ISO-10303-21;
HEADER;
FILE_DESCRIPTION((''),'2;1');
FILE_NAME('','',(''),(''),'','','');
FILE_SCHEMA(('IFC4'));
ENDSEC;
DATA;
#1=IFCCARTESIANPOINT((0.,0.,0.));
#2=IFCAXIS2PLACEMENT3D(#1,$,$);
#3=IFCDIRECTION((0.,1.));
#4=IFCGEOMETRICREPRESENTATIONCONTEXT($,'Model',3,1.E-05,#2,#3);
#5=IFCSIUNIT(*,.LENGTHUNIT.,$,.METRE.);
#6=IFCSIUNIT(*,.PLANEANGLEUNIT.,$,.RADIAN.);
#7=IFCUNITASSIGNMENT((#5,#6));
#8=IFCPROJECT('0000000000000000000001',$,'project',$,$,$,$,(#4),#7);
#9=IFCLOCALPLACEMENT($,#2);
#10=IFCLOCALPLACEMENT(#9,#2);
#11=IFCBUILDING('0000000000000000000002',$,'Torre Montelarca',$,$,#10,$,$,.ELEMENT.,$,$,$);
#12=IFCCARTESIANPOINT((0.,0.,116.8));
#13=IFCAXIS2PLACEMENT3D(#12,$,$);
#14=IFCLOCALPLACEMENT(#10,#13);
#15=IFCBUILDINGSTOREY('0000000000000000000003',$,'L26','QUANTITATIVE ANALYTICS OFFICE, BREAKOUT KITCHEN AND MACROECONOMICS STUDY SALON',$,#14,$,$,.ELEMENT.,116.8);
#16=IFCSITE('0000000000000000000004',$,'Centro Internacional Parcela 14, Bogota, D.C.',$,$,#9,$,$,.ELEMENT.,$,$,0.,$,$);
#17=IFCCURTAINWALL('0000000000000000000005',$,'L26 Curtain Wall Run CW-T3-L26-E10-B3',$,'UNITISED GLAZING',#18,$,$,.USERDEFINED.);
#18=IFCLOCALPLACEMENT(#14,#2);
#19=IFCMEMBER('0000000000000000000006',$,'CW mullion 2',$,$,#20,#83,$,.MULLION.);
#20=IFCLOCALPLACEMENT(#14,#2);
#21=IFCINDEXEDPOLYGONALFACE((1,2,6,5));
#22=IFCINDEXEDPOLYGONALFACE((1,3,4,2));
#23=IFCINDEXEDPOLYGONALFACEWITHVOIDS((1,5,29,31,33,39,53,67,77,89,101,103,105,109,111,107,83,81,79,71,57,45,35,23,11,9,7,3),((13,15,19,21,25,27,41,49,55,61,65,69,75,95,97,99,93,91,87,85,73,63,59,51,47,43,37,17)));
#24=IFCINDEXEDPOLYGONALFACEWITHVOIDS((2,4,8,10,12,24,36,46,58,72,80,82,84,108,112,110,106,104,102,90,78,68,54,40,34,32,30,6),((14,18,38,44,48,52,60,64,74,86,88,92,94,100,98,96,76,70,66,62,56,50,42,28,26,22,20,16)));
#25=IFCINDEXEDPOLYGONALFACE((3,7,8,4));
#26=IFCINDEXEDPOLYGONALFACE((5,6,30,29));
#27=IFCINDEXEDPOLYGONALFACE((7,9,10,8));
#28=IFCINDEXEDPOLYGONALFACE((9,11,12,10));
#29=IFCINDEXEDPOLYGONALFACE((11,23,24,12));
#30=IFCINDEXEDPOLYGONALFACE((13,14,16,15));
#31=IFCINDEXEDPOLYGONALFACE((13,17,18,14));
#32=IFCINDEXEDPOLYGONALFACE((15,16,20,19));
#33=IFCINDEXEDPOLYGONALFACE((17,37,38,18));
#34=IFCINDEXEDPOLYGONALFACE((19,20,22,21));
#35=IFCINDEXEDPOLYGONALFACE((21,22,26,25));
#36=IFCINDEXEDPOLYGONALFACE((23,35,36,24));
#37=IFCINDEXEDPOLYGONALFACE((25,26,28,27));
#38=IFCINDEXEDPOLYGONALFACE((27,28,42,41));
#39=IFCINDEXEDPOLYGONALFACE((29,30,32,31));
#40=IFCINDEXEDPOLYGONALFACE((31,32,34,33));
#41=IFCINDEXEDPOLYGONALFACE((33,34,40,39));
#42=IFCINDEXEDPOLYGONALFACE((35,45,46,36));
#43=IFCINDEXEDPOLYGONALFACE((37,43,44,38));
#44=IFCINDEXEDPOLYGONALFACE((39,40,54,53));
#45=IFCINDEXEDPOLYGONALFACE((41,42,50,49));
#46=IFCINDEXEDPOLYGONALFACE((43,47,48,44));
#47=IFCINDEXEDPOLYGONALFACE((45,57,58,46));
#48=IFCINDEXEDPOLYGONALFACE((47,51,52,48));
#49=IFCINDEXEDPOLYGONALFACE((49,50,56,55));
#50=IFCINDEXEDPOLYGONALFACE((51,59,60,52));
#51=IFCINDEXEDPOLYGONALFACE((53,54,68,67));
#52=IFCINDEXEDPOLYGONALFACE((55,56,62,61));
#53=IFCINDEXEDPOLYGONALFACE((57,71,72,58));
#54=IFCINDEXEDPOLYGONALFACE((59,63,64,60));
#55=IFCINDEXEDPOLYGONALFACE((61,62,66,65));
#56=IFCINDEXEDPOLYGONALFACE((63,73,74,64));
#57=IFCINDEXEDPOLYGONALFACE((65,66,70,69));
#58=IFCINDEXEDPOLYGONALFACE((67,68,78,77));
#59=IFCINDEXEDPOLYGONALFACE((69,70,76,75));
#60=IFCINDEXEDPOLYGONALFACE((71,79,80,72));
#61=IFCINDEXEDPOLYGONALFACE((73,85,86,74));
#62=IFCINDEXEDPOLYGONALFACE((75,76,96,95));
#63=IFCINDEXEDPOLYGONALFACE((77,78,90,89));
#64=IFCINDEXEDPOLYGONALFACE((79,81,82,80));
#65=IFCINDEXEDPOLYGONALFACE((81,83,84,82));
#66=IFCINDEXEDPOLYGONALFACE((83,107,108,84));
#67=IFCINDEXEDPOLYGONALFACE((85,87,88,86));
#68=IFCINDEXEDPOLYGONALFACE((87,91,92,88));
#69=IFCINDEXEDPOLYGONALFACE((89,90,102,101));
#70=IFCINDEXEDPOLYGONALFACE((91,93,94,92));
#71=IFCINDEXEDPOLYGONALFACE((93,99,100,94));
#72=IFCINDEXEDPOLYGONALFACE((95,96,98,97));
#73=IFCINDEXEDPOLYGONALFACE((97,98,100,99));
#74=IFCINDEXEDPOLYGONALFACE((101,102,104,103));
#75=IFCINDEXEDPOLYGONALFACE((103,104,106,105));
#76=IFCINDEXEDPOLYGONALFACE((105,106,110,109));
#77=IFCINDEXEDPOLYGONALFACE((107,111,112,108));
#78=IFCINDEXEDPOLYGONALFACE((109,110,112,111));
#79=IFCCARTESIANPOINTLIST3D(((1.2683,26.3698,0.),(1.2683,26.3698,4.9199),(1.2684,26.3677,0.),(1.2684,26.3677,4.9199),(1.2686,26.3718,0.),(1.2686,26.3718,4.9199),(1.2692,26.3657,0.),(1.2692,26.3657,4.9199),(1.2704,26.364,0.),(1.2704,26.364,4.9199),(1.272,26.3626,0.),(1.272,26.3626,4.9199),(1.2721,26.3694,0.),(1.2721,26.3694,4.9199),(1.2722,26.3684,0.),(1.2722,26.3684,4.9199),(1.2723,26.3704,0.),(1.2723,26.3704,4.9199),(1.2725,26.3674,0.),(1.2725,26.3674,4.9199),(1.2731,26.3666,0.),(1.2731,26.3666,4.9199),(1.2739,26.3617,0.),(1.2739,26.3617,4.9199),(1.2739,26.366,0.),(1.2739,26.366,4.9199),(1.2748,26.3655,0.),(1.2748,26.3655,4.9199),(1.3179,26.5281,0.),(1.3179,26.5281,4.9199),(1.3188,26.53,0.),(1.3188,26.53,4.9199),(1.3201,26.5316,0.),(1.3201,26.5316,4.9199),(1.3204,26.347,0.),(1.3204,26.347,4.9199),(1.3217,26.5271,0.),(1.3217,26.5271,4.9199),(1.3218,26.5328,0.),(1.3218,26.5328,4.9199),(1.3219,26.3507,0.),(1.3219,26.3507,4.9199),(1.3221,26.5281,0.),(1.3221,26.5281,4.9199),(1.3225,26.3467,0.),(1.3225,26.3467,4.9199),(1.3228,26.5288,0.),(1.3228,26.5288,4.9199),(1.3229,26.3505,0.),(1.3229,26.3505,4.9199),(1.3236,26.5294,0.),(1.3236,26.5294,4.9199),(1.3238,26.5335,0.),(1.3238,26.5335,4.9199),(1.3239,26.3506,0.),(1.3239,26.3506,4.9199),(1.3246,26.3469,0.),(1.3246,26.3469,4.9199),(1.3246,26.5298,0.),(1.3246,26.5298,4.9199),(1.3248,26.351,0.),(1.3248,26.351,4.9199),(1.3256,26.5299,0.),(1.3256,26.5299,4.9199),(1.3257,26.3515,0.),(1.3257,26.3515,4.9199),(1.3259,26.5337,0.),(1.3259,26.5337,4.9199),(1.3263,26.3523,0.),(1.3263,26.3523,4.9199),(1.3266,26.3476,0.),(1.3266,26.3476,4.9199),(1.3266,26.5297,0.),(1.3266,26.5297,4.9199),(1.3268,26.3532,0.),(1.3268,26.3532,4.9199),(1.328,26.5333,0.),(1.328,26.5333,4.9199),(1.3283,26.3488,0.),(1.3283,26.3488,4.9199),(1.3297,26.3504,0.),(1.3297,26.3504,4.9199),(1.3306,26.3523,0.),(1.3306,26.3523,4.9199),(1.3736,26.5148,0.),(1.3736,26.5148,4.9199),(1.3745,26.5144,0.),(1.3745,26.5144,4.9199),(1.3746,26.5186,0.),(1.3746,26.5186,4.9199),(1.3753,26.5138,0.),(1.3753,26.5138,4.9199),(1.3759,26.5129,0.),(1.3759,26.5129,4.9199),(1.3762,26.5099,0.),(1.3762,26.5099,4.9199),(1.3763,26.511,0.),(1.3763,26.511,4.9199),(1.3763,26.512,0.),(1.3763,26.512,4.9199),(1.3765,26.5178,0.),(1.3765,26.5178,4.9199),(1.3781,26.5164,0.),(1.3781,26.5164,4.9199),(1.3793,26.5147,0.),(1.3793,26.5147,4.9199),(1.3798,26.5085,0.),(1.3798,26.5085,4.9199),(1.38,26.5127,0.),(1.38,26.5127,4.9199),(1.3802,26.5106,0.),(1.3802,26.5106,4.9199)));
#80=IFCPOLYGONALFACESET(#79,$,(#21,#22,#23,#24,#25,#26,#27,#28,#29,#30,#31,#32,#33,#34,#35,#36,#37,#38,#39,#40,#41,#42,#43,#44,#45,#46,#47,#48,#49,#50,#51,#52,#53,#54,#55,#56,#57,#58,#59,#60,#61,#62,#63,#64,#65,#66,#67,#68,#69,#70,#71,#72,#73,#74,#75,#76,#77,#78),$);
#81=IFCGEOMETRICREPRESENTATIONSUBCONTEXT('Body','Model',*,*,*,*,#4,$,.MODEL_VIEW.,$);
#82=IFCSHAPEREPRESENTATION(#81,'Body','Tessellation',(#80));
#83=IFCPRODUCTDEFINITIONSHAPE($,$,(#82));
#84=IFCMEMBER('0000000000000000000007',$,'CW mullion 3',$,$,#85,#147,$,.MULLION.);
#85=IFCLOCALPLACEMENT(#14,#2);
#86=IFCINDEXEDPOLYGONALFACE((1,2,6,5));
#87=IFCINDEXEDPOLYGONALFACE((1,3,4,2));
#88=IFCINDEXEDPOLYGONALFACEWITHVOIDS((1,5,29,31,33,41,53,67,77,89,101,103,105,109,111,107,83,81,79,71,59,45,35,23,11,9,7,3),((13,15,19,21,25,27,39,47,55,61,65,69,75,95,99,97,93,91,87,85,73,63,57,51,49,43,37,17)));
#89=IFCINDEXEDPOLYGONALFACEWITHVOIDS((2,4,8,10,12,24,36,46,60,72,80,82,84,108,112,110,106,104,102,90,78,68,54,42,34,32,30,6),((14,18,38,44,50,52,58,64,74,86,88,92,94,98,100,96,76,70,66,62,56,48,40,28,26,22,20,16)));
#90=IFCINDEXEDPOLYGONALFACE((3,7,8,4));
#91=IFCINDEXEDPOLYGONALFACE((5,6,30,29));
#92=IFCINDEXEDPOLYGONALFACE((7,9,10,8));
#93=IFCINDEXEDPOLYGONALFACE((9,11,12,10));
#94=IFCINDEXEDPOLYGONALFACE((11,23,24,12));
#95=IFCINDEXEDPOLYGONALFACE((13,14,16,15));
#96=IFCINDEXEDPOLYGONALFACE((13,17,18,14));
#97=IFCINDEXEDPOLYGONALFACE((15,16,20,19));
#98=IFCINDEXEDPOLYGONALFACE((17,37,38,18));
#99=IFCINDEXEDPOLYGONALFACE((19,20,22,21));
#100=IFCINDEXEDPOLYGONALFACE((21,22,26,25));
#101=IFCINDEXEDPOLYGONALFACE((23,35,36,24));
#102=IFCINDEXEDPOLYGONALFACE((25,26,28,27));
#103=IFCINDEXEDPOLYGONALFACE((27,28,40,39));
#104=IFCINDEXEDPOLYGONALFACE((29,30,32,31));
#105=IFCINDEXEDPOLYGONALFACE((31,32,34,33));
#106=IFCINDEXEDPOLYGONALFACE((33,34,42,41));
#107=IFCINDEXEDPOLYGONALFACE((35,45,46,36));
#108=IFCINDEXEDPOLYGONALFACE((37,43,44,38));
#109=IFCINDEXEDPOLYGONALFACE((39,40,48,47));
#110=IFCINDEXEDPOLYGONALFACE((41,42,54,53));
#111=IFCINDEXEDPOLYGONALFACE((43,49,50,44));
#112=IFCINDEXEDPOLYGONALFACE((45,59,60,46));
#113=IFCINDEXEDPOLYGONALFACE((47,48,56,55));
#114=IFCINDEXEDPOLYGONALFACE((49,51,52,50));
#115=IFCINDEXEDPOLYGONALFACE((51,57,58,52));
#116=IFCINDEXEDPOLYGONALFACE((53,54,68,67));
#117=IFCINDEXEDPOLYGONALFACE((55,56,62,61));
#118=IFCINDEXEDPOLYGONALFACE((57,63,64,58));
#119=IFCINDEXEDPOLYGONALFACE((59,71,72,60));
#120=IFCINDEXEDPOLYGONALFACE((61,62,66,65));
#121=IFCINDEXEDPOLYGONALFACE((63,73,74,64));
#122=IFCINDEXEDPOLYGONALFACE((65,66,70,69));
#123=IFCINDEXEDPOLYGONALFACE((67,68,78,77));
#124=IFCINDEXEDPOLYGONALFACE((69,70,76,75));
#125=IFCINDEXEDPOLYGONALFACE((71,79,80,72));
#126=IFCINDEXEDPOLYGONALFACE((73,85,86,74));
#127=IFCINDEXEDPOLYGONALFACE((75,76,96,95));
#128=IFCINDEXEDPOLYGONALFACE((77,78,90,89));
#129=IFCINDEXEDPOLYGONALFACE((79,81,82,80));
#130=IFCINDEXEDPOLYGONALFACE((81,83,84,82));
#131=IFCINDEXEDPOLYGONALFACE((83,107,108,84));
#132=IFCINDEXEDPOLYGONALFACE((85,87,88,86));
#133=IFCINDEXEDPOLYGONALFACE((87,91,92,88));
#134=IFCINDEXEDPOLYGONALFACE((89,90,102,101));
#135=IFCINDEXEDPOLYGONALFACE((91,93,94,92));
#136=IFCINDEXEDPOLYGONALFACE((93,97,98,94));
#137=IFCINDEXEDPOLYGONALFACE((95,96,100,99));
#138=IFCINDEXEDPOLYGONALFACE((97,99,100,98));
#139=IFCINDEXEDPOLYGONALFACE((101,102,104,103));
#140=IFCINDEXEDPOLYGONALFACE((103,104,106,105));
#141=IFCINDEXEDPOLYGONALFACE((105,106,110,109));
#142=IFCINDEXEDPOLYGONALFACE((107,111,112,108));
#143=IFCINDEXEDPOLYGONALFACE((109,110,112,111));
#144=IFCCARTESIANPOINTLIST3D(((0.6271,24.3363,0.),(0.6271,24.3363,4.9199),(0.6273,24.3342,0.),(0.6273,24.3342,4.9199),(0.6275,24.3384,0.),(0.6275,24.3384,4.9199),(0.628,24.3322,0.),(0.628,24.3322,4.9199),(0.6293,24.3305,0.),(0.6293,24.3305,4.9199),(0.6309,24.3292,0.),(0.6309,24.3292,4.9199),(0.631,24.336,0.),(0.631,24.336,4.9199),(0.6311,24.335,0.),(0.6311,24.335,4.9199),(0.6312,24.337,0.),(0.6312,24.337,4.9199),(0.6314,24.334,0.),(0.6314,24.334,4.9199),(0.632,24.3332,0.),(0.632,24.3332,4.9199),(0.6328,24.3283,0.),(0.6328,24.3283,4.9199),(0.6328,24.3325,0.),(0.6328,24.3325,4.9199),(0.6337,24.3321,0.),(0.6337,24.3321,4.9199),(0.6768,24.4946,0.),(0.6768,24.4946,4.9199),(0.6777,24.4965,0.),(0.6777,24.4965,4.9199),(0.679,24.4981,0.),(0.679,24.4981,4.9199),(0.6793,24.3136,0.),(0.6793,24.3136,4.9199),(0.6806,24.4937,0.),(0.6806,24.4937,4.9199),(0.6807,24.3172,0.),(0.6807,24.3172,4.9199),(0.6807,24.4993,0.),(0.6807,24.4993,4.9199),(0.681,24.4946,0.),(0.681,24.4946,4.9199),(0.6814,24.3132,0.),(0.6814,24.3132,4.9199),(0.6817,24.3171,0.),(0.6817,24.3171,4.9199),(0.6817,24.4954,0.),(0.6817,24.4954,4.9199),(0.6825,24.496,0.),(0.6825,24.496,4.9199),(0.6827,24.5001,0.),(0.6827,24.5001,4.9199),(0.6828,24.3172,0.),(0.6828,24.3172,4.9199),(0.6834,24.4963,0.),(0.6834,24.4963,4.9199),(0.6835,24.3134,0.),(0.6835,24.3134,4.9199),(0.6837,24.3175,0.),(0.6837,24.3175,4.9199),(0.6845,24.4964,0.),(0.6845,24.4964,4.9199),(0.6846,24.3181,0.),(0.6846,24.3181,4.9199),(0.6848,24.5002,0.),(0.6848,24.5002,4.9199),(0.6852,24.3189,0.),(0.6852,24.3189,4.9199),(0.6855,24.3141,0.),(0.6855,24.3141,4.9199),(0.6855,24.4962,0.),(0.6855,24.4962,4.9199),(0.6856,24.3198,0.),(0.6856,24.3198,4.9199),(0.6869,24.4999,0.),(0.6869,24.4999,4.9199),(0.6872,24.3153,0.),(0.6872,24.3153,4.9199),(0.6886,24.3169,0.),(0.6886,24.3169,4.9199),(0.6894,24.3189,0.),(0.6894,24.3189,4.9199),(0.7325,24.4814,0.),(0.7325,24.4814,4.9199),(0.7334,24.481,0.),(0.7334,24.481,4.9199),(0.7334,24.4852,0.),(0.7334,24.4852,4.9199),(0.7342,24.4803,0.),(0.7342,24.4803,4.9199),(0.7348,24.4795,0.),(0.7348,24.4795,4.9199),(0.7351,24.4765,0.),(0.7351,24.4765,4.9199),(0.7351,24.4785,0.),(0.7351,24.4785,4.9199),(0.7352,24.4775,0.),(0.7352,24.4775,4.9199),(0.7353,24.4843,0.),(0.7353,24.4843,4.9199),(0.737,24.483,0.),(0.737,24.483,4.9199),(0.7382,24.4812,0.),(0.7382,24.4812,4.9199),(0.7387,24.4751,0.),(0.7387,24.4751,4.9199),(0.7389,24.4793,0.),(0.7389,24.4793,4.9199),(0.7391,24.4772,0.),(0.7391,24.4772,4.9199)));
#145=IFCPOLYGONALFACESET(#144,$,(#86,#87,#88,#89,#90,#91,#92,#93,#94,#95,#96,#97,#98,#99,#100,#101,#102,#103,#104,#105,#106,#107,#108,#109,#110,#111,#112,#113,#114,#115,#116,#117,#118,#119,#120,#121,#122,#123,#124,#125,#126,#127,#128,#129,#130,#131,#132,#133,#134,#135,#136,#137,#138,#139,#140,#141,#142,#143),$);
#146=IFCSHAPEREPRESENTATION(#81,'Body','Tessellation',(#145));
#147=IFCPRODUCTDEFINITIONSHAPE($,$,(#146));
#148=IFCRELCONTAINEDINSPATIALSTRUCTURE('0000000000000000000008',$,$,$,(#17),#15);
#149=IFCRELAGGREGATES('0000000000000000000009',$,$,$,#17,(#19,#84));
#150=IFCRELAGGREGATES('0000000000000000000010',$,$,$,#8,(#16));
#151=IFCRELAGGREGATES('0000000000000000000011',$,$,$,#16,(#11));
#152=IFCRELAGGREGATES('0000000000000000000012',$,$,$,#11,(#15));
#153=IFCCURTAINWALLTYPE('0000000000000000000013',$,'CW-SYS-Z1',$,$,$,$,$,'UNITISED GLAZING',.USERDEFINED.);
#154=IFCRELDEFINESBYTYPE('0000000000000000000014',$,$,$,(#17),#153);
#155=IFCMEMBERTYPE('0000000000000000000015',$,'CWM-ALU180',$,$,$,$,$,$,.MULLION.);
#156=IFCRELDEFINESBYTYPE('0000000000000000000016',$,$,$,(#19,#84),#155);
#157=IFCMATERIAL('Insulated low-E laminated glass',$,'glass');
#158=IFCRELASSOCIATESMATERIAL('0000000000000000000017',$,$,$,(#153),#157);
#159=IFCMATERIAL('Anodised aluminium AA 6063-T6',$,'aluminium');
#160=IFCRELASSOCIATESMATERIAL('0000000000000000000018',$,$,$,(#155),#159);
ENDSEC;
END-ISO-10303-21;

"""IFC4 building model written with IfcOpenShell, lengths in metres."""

from ifc_helpers import new_model, si_unit, direction, frame, origin, origin_2d, place, context, subcontext, project, spatial, hollow_rectangle, extrude, source, transform, mapped, material, material_profile, profile_set, type_object, element, aggregate, save


model = new_model("IFC4")

# Units and contexts
model_context = context("Model", 3, precision=1e-05, world=origin(), true_north=direction((0.0, 1.0)))
body_context = subcontext(model_context, "Body", "Model", "MODEL_VIEW")
ifc_project = project(units=[si_unit("LENGTHUNIT", "METRE"), si_unit("PLANEANGLEUNIT", "RADIAN")], contexts=[model_context])

# Site, building, storey
site_placement = place(None, origin())
site = spatial("IfcSite", under=ifc_project, at=site_placement, Name="Centro Internacional Parcela 14, Bogota, D.C.", CompositionType="ELEMENT", RefElevation=0.0)
building_placement = place(site_placement, origin())
building = spatial("IfcBuilding", under=site, at=building_placement, Name="Torre Montelarca", CompositionType="ELEMENT")
storey_placement = place(building_placement, frame((0.0, 0.0, 116.8)))
storey = spatial("IfcBuildingStorey", under=building, at=storey_placement, Name="L26", Description="QUANTITATIVE ANALYTICS OFFICE, BREAKOUT KITCHEN AND MACROECONOMICS STUDY SALON", CompositionType="ELEMENT", Elevation=116.8)

# Curtain wall
ifc_material_1 = material(Name="Insulated low-E laminated glass", Category="glass")
curtain_wall_type = type_object("IfcCurtainWallType", Name="CW-SYS-Z1", ElementType="UNITISED GLAZING", PredefinedType="USERDEFINED", material=ifc_material_1)
curtain_wall_1_placement = place(storey_placement, origin())
curtain_wall_1 = element("IfcCurtainWall", 1, at=curtain_wall_1_placement, inside=storey, type_object=curtain_wall_type, Name="L26 Curtain Wall Run CW-T3-L26-E10-B3", ObjectType="UNITISED GLAZING", PredefinedType="USERDEFINED")
ifc_material_2 = material(Name="Anodised aluminium AA 6063-T6", Category="aluminium")

# Members
ifc_material_profile_1 = material_profile(ifc_material_2, hollow_rectangle(XDim=0.0649, YDim=0.1799, WallThickness=0.0039, InnerFilletRadius=0.0039, OuterFilletRadius=0.0081, at=origin_2d()), Name="ALU65X180X4", Category="aluminium")
ifc_profile_set_1 = profile_set([ifc_material_profile_1], Name="Anodised aluminium AA 6063-T6")
member_type_1 = type_object("IfcMemberType", Name="CWM-ALU180", PredefinedType="MULLION", material=ifc_profile_set_1)
shared_shape_1 = source(origin(), body_context, "Body", "SweptSolid", [
    extrude(hollow_rectangle(XDim=0.0649, YDim=0.1799, WallThickness=0.0039, InnerFilletRadius=0.0039, OuterFilletRadius=0.0081, at=origin_2d()), origin(), (0.0, 0.0, 1.0), 4.9199),
])
member_1_placement = place(storey_placement, frame((1.3242, 26.4402, 0.0), z_axis=(0.0, 0.0, 1.0), x_axis=(0.953717, -0.300705, 0.0)))
member_1 = element("IfcMember", 2, at=member_1_placement, type_object=member_type_1, Name="CW mullion 2", PredefinedType="MULLION", context=body_context, shape_type="MappedRepresentation", body=[
    mapped(shared_shape_1, transform((0.0, 0.0, 0.0), scale=1.0)),
])
member_2_placement = place(storey_placement, frame((0.6831, 24.4067, 0.0), z_axis=(0.0, 0.0, 1.0), x_axis=(0.953717, -0.300705, 0.0)))
member_2 = element("IfcMember", 3, at=member_2_placement, type_object=member_type_1, Name="CW mullion 3", PredefinedType="MULLION", context=body_context, shape_type="MappedRepresentation", body=[
    mapped(shared_shape_1, transform((0.0, 0.0, 0.0), scale=1.0)),
])

aggregate(curtain_wall_1, [member_1, member_2])

save(model, "model.ifc")
